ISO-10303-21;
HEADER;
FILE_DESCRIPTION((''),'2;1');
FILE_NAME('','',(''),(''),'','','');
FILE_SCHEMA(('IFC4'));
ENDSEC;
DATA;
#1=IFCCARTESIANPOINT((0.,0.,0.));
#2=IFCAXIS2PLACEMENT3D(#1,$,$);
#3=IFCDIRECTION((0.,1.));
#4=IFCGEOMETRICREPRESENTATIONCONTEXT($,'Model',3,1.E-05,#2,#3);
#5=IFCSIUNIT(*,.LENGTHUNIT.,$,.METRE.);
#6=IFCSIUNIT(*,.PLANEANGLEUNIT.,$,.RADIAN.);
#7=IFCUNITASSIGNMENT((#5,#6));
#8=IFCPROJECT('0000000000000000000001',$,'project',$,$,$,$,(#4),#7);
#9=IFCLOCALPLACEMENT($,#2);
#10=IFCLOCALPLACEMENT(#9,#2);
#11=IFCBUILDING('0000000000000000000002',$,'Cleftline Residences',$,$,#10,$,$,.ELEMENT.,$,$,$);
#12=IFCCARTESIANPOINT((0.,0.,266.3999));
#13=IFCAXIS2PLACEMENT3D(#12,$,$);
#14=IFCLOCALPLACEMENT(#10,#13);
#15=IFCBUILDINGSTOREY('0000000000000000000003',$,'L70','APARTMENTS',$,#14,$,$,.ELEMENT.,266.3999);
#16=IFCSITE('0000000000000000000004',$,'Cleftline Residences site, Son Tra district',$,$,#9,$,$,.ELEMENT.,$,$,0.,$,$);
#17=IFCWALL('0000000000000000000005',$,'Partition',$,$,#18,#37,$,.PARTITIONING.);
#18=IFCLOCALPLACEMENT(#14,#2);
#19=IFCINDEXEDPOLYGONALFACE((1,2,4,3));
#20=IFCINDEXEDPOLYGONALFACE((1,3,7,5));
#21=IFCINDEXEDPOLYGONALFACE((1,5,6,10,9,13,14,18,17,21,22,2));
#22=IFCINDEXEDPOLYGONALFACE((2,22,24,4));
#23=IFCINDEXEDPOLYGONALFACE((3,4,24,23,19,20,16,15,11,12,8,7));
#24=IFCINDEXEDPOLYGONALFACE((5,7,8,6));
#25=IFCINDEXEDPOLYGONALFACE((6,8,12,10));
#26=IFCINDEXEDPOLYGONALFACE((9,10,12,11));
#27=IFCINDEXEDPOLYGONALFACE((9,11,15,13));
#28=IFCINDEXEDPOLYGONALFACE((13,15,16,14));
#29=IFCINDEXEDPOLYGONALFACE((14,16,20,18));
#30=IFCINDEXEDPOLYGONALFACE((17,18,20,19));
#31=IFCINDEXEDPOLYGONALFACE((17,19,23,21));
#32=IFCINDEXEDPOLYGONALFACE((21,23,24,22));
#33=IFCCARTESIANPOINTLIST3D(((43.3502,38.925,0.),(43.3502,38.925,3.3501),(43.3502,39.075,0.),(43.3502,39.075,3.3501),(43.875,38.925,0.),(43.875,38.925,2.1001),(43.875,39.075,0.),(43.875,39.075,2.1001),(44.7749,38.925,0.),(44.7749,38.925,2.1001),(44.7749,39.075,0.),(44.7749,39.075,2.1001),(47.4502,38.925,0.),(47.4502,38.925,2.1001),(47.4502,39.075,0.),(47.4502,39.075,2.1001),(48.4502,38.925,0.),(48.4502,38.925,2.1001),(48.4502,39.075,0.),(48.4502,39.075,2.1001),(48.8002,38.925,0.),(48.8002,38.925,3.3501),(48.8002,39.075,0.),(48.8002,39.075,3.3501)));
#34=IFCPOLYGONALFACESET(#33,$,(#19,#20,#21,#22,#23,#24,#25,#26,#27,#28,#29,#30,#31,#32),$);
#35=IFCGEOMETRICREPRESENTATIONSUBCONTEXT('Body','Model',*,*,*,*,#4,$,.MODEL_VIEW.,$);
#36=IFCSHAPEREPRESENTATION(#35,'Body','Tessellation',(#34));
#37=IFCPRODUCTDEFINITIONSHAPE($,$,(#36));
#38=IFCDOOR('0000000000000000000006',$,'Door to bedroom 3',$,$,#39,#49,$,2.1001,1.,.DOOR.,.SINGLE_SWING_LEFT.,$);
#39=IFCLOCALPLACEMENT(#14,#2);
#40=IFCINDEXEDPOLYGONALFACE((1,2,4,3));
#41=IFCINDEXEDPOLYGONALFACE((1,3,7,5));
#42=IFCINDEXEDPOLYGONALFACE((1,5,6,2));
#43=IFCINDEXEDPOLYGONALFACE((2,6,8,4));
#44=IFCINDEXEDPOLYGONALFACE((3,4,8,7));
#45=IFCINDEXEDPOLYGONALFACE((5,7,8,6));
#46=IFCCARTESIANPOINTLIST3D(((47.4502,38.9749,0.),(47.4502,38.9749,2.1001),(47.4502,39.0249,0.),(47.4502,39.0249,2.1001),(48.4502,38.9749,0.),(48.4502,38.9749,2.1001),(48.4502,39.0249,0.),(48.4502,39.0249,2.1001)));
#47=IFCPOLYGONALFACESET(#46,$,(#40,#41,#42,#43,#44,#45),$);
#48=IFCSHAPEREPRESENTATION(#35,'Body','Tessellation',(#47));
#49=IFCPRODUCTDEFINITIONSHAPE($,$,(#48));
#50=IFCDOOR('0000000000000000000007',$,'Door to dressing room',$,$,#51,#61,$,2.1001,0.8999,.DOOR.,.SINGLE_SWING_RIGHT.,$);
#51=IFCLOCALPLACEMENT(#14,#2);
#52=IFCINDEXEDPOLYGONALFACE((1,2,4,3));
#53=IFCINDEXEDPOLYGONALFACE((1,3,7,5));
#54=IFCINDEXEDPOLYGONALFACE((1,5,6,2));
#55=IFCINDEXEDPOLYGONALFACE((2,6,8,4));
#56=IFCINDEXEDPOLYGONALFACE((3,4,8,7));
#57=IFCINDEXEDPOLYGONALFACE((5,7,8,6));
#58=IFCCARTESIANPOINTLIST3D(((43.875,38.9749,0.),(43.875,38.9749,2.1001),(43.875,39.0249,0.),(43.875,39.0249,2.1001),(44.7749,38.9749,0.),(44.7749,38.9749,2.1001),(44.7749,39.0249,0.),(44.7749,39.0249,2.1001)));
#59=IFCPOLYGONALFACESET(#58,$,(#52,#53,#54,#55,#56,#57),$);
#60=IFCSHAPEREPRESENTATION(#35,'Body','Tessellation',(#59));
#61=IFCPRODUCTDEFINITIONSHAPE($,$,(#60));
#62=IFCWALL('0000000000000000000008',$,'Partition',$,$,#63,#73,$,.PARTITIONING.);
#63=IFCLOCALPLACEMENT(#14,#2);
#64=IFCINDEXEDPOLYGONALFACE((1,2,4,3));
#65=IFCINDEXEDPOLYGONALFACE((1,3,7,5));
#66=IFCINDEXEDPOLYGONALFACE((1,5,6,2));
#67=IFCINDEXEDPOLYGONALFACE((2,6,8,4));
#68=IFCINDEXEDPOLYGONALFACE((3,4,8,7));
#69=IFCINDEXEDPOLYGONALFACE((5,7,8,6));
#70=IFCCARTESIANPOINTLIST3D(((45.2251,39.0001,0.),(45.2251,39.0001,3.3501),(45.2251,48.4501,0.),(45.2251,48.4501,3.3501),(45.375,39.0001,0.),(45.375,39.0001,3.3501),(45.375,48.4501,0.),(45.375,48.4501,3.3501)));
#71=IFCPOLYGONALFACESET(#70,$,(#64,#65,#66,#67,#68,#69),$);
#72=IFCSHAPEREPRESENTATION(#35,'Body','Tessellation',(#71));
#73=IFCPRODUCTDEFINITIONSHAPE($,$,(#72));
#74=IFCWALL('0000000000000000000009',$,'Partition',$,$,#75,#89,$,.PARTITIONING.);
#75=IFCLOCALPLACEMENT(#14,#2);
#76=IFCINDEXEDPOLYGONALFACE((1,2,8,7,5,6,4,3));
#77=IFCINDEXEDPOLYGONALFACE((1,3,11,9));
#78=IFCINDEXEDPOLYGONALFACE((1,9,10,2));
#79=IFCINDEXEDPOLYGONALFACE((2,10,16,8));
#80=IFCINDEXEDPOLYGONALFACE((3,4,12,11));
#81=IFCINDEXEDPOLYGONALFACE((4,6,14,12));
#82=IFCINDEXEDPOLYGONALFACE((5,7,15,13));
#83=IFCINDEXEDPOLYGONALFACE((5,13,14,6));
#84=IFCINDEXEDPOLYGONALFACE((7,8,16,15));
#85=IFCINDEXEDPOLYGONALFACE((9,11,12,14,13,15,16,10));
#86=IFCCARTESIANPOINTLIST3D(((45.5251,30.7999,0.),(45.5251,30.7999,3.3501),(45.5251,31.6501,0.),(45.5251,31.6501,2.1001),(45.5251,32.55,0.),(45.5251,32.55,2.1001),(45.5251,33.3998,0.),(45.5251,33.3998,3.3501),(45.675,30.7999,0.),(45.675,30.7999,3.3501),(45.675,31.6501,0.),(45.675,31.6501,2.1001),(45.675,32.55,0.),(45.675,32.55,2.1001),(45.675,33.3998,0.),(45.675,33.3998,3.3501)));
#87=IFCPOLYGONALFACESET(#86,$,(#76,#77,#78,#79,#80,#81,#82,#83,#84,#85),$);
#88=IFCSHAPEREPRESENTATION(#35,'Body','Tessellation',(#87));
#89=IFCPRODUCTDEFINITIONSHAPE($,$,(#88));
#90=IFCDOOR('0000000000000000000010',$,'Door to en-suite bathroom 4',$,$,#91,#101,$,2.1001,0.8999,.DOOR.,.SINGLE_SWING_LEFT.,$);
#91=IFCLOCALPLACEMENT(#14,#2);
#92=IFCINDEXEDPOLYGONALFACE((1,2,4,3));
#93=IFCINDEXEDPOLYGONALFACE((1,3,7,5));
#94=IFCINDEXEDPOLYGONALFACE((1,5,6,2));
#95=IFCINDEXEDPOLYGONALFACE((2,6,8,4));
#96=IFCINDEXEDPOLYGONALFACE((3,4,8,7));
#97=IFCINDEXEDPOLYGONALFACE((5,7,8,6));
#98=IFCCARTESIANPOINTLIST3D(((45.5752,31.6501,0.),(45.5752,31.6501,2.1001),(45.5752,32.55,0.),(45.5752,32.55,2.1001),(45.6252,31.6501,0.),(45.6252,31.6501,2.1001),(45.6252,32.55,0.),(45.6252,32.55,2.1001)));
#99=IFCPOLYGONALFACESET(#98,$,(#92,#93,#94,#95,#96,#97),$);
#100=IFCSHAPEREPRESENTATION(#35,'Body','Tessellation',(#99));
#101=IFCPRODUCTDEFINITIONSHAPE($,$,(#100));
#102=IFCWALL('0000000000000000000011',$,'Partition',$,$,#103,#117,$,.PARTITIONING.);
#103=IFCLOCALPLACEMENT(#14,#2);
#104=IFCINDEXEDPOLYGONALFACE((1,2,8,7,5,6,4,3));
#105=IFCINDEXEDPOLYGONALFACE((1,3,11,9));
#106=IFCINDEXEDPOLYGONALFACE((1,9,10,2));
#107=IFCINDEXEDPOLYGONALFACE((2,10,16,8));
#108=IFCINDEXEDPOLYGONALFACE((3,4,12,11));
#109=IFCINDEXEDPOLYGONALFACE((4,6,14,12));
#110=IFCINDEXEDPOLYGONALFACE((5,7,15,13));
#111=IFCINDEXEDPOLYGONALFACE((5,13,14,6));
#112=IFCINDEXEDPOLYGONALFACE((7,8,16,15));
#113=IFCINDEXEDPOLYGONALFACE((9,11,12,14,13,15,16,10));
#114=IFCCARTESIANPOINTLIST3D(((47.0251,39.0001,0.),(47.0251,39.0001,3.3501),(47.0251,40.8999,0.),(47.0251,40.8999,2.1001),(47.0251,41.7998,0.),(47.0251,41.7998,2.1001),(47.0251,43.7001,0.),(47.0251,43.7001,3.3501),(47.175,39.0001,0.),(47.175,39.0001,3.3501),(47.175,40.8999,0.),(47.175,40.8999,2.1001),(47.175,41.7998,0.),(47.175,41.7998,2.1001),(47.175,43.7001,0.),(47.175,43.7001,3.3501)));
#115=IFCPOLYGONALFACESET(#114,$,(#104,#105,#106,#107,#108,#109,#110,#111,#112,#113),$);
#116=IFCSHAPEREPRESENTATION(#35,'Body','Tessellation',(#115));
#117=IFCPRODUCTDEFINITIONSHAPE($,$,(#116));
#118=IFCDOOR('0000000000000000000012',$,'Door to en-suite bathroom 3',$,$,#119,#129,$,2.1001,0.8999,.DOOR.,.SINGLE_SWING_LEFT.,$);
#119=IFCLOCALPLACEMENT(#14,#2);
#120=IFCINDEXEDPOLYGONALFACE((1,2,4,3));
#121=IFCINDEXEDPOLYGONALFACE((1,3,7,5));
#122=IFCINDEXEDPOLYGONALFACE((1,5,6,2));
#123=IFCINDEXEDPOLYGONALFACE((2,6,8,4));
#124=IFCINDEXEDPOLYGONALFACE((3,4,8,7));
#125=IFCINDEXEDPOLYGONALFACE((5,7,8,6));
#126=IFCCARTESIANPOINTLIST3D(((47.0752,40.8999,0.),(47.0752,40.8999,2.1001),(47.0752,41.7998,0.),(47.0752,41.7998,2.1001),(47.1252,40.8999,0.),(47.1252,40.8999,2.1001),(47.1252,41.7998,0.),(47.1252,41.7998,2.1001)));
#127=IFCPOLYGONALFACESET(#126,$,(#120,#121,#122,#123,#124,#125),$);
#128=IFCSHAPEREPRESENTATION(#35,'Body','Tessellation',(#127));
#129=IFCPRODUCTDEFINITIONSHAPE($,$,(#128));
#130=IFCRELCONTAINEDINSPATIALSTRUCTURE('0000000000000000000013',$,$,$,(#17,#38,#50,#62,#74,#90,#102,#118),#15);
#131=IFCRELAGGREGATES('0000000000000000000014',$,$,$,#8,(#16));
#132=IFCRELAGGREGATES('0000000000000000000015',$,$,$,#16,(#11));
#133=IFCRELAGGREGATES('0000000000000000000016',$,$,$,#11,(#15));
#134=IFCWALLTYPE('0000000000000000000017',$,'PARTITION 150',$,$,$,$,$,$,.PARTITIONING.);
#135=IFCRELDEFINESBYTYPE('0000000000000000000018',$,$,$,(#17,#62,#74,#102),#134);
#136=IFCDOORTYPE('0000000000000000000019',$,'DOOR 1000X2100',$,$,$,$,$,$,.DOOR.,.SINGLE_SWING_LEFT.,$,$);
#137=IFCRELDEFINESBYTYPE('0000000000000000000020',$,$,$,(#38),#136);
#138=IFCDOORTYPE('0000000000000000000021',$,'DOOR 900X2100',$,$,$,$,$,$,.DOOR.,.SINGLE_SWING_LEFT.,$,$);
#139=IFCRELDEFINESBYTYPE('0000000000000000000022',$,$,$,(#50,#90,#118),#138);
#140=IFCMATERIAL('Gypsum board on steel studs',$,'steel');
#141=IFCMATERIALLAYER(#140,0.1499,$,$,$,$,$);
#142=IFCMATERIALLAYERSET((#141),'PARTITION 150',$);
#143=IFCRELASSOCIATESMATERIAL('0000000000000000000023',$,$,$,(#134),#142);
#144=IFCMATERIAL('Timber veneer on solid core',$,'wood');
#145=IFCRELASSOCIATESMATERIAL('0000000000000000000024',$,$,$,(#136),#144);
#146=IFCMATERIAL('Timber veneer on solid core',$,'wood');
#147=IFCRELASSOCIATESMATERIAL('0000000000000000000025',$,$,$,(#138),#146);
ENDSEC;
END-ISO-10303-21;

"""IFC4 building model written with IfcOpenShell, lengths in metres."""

from ifc_helpers import new_model, si_unit, direction, frame, frame_2d, origin, place, context, subcontext, project, spatial, rectangle, extrude, material, layer, layer_set, type_object, element, fill, save


model = new_model("IFC4")

# Units and contexts
model_context = context("Model", 3, precision=1e-05, world=origin(), true_north=direction((0.0, 1.0)))
body_context = subcontext(model_context, "Body", "Model", "MODEL_VIEW")
ifc_project = project(units=[si_unit("LENGTHUNIT", "METRE"), si_unit("PLANEANGLEUNIT", "RADIAN")], contexts=[model_context])

# Site, building, storey
site_placement = place(None, origin())
site = spatial("IfcSite", under=ifc_project, at=site_placement, Name="Cleftline Residences site, Son Tra district", CompositionType="ELEMENT", RefElevation=0.0)
building_placement = place(site_placement, origin())
building = spatial("IfcBuilding", under=site, at=building_placement, Name="Cleftline Residences", CompositionType="ELEMENT")
storey_placement = place(building_placement, frame((0.0, 0.0, 266.3999)))
storey = spatial("IfcBuildingStorey", under=building, at=storey_placement, Name="L70", Description="APARTMENTS", CompositionType="ELEMENT", Elevation=266.3999)

# Shared definitions
ifc_material_1 = material(Name="Gypsum board on steel studs", Category="steel")
ifc_layer_1 = layer(ifc_material_1, 0.1499)
ifc_layer_set_1 = layer_set([ifc_layer_1], Name="PARTITION 150")
wall_type = type_object("IfcWallType", Name="PARTITION 150", PredefinedType="PARTITIONING", material=ifc_layer_set_1)

# Wall, openings, doors
ifc_material_2 = material(Name="Timber veneer on solid core", Category="wood")
door_type_1 = type_object("IfcDoorType", Name="DOOR 1000X2100", OperationType="SINGLE_SWING_LEFT", PredefinedType="DOOR", material=ifc_material_2)
ifc_material_3 = material(Name="Timber veneer on solid core", Category="wood")
door_type_2 = type_object("IfcDoorType", Name="DOOR 900X2100", OperationType="SINGLE_SWING_LEFT", PredefinedType="DOOR", material=ifc_material_3)
wall_1_placement = place(storey_placement, frame((43.3501, 39.0, 0.0), z_axis=(0.0, 0.0, 1.0), x_axis=(1.0, 0.0, 0.0)))
wall_1 = element("IfcWall", 1, at=wall_1_placement, inside=storey, type_object=wall_type, Name="Partition", PredefinedType="PARTITIONING", context=body_context, shape_type="SweptSolid", body=[
    extrude(rectangle(XDim=5.45, YDim=0.1499, at=frame_2d((2.7251, 0.0))), origin(), (0.0, 0.0, 1.0), 3.3501),
])
opening_1_placement = place(wall_1_placement, frame((4.1001, 0.0, 0.0)))
opening_1 = element("IfcOpeningElement", 2, at=opening_1_placement, cuts=wall_1, PredefinedType="OPENING", context=body_context, shape_type="SweptSolid", body=[
    extrude(rectangle(XDim=1.0, YDim=2.1001, at=frame_2d((0.5, 1.05))), frame((0.0, 0.085, 0.0), z_axis=(0.0, -1.0, 0.0), x_axis=(1.0, 0.0, 0.0)), (0.0, 0.0, 1.0), 0.1699),
])
opening_2_placement = place(wall_1_placement, frame((0.5249, 0.0, 0.0)))
opening_2 = element("IfcOpeningElement", 3, at=opening_2_placement, cuts=wall_1, PredefinedType="OPENING", context=body_context, shape_type="SweptSolid", body=[
    extrude(rectangle(XDim=0.8999, YDim=2.1001, at=frame_2d((0.45, 1.05))), frame((0.0, 0.085, 0.0), z_axis=(0.0, -1.0, 0.0), x_axis=(1.0, 0.0, 0.0)), (0.0, 0.0, 1.0), 0.1699),
])
door_1_placement = place(opening_1_placement, origin())
door_1 = element("IfcDoor", 4, at=door_1_placement, inside=storey, type_object=door_type_1, Name="Door to bedroom 3", OperationType="SINGLE_SWING_LEFT", OverallHeight=2.1001, OverallWidth=1.0, PredefinedType="DOOR", context=body_context, shape_type="SweptSolid", body=[
    extrude(rectangle(XDim=1.0, YDim=2.1001, at=frame_2d((0.5, 1.05))), frame((0.0, 0.0249, 0.0), z_axis=(0.0, -1.0, 0.0), x_axis=(1.0, 0.0, 0.0)), (0.0, 0.0, 1.0), 0.05),
])
fill(opening_1, door_1)
door_2_placement = place(opening_2_placement, origin())
door_2 = element("IfcDoor", 5, at=door_2_placement, inside=storey, type_object=door_type_2, Name="Door to dressing room", OperationType="SINGLE_SWING_RIGHT", OverallHeight=2.1001, OverallWidth=0.8999, PredefinedType="DOOR", context=body_context, shape_type="SweptSolid", body=[
    extrude(rectangle(XDim=0.8999, YDim=2.1001, at=frame_2d((0.45, 1.05))), frame((0.0, 0.0249, 0.0), z_axis=(0.0, -1.0, 0.0), x_axis=(1.0, 0.0, 0.0)), (0.0, 0.0, 1.0), 0.05),
])
fill(opening_2, door_2)

# Wall
wall_2_placement = place(storey_placement, frame((45.3, 39.0, 0.0), z_axis=(0.0, 0.0, 1.0), x_axis=(0.0, 1.0, 0.0)))
element("IfcWall", 6, at=wall_2_placement, inside=storey, type_object=wall_type, Name="Partition", PredefinedType="PARTITIONING", context=body_context, shape_type="SweptSolid", body=[
    extrude(rectangle(XDim=9.45, YDim=0.1499, at=frame_2d((4.7251, 0.0))), origin(), (0.0, 0.0, 1.0), 3.3501),
])

# Walls, openings, doors
wall_3_placement = place(storey_placement, frame((45.6001, 30.8, 0.0), z_axis=(0.0, 0.0, 1.0), x_axis=(0.0, 1.0, 0.0)))
wall_3 = element("IfcWall", 7, at=wall_3_placement, inside=storey, type_object=wall_type, Name="Partition", PredefinedType="PARTITIONING", context=body_context, shape_type="SweptSolid", body=[
    extrude(rectangle(XDim=2.5999, YDim=0.1499, at=frame_2d((1.2998, 0.0))), origin(), (0.0, 0.0, 1.0), 3.3501),
])
opening_3_placement = place(wall_3_placement, frame((0.8501, 0.0, 0.0)))
opening_3 = element("IfcOpeningElement", 8, at=opening_3_placement, cuts=wall_3, PredefinedType="OPENING", context=body_context, shape_type="SweptSolid", body=[
    extrude(rectangle(XDim=0.8999, YDim=2.1001, at=frame_2d((0.45, 1.05))), frame((0.0, 0.085, 0.0), z_axis=(0.0, -1.0, 0.0), x_axis=(1.0, 0.0, 0.0)), (0.0, 0.0, 1.0), 0.1699),
])
door_3_placement = place(opening_3_placement, origin())
door_3 = element("IfcDoor", 9, at=door_3_placement, inside=storey, type_object=door_type_2, Name="Door to en-suite bathroom 4", OperationType="SINGLE_SWING_LEFT", OverallHeight=2.1001, OverallWidth=0.8999, PredefinedType="DOOR", context=body_context, shape_type="SweptSolid", body=[
    extrude(rectangle(XDim=0.8999, YDim=2.1001, at=frame_2d((0.45, 1.05))), frame((0.0, 0.0249, 0.0), z_axis=(0.0, -1.0, 0.0), x_axis=(1.0, 0.0, 0.0)), (0.0, 0.0, 1.0), 0.05),
])
fill(opening_3, door_3)
wall_4_placement = place(storey_placement, frame((47.1001, 39.0, 0.0), z_axis=(0.0, 0.0, 1.0), x_axis=(0.0, 1.0, 0.0)))
wall_4 = element("IfcWall", 10, at=wall_4_placement, inside=storey, type_object=wall_type, Name="Partition", PredefinedType="PARTITIONING", context=body_context, shape_type="SweptSolid", body=[
    extrude(rectangle(XDim=4.7, YDim=0.1499, at=frame_2d((2.3501, 0.0))), origin(), (0.0, 0.0, 1.0), 3.3501),
])
opening_4_placement = place(wall_4_placement, frame((1.8999, 0.0, 0.0)))
opening_4 = element("IfcOpeningElement", 11, at=opening_4_placement, cuts=wall_4, PredefinedType="OPENING", context=body_context, shape_type="SweptSolid", body=[
    extrude(rectangle(XDim=0.8999, YDim=2.1001, at=frame_2d((0.45, 1.05))), frame((0.0, 0.085, 0.0), z_axis=(0.0, -1.0, 0.0), x_axis=(1.0, 0.0, 0.0)), (0.0, 0.0, 1.0), 0.1699),
])
door_4_placement = place(opening_4_placement, origin())
door_4 = element("IfcDoor", 12, at=door_4_placement, inside=storey, type_object=door_type_2, Name="Door to en-suite bathroom 3", OperationType="SINGLE_SWING_LEFT", OverallHeight=2.1001, OverallWidth=0.8999, PredefinedType="DOOR", context=body_context, shape_type="SweptSolid", body=[
    extrude(rectangle(XDim=0.8999, YDim=2.1001, at=frame_2d((0.45, 1.05))), frame((0.0, 0.0249, 0.0), z_axis=(0.0, -1.0, 0.0), x_axis=(1.0, 0.0, 0.0)), (0.0, 0.0, 1.0), 0.05),
])
fill(opening_4, door_4)

save(model, "model.ifc")
